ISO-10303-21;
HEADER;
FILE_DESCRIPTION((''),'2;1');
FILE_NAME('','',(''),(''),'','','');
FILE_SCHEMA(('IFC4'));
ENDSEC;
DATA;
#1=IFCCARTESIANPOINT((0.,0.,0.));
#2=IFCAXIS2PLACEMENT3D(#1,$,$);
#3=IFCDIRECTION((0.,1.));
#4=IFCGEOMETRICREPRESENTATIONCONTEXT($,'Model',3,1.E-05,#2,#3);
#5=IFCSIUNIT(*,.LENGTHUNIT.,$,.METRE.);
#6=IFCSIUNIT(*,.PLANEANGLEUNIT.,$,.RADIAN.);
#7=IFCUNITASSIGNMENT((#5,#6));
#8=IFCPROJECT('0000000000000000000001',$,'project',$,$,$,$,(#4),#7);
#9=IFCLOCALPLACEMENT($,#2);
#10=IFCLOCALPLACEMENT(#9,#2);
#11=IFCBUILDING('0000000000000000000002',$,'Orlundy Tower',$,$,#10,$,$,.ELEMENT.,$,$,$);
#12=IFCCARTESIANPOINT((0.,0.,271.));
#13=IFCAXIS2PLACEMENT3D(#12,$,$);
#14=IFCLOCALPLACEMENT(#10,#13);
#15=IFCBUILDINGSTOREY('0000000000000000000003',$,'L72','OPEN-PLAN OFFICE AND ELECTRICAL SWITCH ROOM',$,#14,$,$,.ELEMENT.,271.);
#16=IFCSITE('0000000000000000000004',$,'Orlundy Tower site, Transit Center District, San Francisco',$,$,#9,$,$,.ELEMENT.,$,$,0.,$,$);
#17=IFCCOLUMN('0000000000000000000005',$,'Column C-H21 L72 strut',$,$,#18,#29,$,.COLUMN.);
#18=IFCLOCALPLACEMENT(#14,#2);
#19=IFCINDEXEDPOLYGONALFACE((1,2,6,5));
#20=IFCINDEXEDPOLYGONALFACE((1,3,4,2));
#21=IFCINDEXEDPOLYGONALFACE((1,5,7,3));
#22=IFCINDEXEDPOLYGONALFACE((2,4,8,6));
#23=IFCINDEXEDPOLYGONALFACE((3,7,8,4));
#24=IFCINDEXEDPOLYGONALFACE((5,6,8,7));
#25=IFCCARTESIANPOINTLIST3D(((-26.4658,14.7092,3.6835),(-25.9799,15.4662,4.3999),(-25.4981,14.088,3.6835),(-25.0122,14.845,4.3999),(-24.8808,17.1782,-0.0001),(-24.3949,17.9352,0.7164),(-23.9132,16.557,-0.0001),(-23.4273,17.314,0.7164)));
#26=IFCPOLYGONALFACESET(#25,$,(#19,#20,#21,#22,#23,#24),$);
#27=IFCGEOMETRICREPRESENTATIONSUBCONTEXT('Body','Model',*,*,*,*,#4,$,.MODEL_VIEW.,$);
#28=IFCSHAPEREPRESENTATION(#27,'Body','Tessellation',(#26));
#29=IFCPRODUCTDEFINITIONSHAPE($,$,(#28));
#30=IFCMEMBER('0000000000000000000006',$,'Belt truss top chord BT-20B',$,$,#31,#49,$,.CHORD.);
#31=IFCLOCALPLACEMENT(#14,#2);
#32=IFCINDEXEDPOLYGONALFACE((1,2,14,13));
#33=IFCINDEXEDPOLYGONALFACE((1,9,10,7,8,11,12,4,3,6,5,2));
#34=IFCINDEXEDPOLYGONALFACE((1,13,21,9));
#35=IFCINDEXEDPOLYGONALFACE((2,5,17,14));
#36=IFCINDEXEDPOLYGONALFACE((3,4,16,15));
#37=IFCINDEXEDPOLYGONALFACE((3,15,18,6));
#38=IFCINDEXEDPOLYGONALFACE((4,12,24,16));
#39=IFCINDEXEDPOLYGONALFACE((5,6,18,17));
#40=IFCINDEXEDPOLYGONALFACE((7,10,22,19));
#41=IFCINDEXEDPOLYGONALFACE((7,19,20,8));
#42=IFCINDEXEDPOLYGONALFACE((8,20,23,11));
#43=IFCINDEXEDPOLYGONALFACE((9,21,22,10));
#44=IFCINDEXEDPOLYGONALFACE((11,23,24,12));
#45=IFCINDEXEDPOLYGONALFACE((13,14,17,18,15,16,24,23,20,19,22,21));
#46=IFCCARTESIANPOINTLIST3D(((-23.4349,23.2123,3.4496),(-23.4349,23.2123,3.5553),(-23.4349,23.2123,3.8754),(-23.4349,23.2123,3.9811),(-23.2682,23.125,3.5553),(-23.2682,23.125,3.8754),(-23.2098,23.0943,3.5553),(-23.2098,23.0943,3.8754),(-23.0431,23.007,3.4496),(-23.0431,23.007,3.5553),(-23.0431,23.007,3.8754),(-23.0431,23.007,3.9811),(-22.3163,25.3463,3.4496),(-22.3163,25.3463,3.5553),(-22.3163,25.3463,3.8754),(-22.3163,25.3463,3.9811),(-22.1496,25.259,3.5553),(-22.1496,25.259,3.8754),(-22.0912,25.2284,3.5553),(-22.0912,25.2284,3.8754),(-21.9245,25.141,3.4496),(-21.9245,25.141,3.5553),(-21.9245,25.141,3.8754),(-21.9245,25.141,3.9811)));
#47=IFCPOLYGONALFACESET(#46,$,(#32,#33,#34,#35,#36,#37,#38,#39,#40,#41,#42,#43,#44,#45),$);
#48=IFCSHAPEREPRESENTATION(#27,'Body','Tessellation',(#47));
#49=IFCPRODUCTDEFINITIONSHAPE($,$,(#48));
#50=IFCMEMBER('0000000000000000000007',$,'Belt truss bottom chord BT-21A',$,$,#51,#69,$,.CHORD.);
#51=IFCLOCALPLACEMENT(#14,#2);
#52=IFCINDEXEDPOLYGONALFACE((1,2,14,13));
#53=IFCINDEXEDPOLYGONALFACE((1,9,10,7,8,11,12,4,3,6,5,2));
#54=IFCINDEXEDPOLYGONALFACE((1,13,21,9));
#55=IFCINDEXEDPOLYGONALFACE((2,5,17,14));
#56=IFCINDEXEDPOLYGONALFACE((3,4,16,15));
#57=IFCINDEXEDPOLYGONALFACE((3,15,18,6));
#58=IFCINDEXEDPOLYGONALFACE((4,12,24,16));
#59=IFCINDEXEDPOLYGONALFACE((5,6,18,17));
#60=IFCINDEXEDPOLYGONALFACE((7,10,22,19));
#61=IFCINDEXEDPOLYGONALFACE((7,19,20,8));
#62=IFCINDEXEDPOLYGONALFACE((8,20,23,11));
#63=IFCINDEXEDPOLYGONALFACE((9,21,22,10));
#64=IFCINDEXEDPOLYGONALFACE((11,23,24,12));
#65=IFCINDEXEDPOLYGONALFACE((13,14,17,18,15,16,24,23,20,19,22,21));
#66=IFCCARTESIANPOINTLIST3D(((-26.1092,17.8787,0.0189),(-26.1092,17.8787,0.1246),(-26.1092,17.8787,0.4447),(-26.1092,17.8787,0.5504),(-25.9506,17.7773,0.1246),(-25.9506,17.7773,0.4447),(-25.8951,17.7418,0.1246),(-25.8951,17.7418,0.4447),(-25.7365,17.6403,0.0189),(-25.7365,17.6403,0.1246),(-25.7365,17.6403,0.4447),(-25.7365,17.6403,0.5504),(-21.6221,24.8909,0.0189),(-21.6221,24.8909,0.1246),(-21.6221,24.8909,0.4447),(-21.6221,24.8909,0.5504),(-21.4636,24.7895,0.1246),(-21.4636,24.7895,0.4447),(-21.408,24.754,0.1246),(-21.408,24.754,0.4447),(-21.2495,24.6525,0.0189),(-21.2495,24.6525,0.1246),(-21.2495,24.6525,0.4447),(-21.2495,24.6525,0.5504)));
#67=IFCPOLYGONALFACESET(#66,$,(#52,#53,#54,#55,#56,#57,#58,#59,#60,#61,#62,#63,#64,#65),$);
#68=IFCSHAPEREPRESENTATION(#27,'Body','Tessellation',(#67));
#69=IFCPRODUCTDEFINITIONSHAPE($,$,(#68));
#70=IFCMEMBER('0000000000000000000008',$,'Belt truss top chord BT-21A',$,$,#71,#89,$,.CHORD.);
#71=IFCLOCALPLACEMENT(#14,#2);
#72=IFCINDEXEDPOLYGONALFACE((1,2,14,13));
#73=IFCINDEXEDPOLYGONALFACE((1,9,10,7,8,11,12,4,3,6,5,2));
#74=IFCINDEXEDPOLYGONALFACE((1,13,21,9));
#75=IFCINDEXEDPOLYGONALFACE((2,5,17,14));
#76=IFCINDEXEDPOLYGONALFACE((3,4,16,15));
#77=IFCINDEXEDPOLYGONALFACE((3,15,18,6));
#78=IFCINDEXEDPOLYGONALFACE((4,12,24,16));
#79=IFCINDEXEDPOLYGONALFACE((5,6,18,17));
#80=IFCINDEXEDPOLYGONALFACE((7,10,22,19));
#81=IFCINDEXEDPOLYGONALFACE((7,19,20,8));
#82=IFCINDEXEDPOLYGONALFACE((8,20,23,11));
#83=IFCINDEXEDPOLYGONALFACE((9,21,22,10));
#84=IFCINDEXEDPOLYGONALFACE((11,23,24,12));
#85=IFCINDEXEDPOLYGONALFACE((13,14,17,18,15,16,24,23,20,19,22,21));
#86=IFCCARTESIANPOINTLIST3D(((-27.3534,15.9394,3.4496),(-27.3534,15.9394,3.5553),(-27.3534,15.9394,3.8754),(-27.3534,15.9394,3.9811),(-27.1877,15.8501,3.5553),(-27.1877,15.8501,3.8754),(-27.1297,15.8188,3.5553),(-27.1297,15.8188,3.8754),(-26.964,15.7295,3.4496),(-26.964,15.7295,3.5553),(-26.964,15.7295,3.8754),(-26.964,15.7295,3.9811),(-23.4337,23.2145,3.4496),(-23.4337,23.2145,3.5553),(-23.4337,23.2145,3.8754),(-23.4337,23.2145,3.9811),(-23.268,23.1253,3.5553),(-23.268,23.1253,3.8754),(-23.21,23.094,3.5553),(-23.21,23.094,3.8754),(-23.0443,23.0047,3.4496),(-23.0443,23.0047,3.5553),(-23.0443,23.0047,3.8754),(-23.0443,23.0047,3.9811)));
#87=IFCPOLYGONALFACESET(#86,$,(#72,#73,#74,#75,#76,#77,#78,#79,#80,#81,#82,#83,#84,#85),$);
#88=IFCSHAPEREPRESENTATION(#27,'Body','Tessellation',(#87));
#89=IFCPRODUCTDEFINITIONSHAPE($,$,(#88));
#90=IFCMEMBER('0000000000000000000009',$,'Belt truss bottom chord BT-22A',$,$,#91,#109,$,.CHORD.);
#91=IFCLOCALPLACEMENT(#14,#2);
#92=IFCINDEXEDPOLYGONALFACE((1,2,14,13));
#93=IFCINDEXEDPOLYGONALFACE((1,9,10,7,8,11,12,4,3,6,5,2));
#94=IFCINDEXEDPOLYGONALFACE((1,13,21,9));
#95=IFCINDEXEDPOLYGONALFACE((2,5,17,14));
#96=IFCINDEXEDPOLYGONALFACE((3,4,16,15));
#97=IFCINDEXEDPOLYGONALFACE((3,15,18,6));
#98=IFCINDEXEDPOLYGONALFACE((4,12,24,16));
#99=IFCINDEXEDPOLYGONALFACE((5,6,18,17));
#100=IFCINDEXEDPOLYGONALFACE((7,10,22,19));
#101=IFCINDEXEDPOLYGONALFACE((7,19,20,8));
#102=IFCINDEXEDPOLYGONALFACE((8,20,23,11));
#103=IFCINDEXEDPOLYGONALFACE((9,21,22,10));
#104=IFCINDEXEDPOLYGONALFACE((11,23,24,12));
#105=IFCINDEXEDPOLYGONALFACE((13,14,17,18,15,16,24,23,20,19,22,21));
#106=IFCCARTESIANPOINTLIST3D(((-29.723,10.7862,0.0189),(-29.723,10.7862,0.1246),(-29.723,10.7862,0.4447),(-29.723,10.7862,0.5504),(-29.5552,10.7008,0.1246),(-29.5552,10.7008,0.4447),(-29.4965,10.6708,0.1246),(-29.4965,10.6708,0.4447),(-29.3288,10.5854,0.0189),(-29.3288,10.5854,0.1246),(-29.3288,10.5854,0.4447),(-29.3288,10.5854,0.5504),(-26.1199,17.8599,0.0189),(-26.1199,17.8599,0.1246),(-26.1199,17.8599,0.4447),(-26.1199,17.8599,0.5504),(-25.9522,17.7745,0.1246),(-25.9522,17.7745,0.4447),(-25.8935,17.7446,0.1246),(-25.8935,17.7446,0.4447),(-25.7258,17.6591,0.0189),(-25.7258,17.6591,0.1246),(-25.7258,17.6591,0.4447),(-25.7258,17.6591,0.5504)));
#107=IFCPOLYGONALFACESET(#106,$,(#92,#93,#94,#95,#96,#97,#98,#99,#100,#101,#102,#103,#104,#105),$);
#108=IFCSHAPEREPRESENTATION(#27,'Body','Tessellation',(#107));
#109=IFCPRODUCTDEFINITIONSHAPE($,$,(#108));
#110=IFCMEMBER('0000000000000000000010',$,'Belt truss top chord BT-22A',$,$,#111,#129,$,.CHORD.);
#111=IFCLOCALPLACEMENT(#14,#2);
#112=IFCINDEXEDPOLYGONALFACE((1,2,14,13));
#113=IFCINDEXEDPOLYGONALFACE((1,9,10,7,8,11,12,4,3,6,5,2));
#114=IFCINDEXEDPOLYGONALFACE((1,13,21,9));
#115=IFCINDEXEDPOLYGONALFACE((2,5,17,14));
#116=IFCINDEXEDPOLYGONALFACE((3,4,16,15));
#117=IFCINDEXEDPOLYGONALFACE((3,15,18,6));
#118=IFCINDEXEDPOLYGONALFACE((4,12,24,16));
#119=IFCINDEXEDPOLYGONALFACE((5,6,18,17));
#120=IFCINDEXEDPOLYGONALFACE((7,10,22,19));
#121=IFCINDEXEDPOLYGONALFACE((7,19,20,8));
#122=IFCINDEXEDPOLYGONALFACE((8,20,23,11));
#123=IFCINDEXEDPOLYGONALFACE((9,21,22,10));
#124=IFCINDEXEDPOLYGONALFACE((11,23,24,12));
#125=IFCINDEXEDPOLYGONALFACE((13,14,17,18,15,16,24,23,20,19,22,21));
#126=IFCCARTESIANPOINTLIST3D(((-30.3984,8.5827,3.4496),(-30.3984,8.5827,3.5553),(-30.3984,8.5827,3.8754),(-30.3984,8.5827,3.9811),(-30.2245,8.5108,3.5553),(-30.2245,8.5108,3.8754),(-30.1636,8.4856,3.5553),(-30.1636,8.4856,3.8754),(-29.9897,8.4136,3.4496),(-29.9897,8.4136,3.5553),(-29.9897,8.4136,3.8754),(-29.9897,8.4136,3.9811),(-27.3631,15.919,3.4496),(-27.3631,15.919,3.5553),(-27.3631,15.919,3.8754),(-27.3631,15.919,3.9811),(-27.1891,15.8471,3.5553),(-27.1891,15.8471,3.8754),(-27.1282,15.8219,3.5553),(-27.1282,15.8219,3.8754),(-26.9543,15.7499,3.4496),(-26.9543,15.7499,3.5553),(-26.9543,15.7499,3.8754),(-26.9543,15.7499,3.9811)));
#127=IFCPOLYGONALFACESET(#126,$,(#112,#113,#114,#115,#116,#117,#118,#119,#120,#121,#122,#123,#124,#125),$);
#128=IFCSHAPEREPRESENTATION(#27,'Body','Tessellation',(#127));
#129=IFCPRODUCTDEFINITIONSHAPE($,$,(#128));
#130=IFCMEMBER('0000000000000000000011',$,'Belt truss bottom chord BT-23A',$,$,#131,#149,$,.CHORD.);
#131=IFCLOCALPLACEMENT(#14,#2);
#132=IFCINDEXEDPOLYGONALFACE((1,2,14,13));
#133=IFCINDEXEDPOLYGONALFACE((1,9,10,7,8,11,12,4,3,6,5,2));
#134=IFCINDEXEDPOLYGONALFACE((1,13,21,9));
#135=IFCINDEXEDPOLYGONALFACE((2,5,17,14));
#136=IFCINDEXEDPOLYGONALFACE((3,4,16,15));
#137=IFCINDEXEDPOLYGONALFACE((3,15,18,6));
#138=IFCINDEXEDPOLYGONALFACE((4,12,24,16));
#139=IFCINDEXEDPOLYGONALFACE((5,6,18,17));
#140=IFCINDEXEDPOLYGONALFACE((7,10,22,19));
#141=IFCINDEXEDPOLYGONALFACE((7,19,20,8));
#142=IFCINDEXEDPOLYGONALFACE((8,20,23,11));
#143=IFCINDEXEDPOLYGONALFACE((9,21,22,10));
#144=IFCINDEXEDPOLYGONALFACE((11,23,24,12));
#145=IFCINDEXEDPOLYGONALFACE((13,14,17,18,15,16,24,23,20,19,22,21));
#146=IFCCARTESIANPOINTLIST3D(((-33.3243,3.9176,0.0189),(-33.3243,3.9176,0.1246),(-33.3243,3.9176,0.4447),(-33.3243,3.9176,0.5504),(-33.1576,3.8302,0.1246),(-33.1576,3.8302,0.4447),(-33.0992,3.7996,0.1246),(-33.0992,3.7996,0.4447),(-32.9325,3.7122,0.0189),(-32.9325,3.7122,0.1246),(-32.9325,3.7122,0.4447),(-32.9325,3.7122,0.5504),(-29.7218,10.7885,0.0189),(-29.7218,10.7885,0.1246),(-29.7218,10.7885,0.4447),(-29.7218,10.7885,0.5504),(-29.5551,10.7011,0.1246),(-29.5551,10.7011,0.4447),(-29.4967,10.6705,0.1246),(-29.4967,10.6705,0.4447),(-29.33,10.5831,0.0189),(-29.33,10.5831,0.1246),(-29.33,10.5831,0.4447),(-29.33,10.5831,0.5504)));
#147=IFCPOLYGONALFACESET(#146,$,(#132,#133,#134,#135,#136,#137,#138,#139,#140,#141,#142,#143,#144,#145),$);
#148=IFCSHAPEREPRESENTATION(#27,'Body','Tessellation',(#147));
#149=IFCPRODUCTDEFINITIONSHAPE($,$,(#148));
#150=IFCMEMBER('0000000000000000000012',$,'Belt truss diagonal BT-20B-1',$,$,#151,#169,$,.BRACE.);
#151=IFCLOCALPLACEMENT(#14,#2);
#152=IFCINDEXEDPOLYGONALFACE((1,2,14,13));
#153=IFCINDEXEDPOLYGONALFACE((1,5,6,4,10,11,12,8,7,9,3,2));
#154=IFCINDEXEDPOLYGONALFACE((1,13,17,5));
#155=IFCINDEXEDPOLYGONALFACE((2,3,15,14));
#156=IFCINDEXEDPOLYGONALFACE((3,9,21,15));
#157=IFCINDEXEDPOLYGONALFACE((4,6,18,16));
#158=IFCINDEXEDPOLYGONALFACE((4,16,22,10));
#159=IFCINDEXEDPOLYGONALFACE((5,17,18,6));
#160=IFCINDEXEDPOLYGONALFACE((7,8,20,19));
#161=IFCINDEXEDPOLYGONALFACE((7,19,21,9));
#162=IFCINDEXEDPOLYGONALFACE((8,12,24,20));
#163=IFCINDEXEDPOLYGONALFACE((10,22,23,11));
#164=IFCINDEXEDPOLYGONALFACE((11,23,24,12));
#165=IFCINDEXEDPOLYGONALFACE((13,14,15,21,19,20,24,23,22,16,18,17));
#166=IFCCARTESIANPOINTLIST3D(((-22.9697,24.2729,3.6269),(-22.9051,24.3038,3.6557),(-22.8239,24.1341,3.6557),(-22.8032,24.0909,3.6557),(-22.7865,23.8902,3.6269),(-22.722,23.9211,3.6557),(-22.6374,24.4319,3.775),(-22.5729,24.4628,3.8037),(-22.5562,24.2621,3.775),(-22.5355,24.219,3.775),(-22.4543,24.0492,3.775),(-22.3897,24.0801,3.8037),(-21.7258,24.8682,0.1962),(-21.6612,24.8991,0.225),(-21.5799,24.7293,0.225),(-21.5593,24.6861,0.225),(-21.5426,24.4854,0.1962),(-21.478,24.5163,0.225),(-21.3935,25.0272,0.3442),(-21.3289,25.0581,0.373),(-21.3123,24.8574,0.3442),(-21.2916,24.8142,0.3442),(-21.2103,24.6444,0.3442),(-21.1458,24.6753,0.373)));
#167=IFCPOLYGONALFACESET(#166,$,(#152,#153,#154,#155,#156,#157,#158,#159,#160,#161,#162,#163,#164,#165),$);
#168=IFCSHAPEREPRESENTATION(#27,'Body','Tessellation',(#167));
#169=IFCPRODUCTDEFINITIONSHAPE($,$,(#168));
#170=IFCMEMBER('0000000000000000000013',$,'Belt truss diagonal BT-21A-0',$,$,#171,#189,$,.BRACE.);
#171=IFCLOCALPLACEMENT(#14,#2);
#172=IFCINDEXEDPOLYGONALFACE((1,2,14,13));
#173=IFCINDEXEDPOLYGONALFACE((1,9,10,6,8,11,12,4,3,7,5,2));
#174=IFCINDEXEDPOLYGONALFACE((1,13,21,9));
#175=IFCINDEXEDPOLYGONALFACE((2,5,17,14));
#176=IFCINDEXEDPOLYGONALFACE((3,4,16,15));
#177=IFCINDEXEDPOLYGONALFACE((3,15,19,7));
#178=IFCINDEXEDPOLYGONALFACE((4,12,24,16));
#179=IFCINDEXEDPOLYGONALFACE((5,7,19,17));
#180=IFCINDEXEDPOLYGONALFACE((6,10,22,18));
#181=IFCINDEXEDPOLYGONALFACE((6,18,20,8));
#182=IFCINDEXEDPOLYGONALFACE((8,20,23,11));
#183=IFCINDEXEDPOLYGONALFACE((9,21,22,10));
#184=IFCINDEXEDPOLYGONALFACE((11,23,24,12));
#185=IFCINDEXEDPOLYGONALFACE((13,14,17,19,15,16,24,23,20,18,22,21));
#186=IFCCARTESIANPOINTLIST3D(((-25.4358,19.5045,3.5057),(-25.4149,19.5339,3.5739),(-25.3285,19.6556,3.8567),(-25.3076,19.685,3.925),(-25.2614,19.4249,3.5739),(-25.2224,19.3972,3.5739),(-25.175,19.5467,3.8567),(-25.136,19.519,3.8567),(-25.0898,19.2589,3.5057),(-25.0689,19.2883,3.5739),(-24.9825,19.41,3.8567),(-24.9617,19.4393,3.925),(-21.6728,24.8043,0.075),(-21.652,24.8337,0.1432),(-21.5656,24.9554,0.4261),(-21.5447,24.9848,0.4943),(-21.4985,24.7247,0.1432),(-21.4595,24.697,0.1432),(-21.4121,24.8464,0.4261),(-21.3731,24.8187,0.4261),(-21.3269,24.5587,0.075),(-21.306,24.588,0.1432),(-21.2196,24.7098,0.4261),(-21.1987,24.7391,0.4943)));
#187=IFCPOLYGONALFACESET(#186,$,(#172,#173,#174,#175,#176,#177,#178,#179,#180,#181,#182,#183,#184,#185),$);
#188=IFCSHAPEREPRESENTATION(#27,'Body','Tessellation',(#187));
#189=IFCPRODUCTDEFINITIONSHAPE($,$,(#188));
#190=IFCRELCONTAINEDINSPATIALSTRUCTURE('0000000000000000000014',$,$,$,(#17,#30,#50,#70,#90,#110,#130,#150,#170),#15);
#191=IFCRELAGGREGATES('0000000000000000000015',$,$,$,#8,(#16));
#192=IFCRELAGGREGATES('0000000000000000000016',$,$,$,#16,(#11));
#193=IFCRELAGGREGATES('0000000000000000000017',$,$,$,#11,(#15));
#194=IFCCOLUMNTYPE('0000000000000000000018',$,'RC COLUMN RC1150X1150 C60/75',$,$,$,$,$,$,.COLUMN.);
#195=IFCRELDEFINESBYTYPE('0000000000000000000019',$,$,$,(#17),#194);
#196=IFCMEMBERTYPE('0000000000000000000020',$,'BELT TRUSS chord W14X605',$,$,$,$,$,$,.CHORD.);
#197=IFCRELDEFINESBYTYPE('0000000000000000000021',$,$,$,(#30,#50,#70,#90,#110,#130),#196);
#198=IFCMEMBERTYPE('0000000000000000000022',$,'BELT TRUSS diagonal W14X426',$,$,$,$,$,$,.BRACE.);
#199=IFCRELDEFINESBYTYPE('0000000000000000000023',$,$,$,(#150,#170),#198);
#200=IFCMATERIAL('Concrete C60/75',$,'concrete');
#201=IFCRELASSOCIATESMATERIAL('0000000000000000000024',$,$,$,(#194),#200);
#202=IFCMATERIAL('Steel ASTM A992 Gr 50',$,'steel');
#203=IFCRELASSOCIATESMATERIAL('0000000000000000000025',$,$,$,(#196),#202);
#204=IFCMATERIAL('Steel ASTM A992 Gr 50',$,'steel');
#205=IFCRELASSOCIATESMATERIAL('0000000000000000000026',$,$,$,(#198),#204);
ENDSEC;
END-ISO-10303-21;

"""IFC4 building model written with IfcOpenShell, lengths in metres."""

from ifc_helpers import new_model, si_unit, direction, frame, origin, origin_2d, place, context, subcontext, project, spatial, rectangle, i_section, extrude, material, material_profile, profile_set, type_object, element, save


model = new_model("IFC4")

# Units and contexts
model_context = context("Model", 3, precision=1e-05, world=origin(), true_north=direction((0.0, 1.0)))
body_context = subcontext(model_context, "Body", "Model", "MODEL_VIEW")
ifc_project = project(units=[si_unit("LENGTHUNIT", "METRE"), si_unit("PLANEANGLEUNIT", "RADIAN")], contexts=[model_context])

# Site, building, storey
site_placement = place(None, origin())
site = spatial("IfcSite", under=ifc_project, at=site_placement, Name="Orlundy Tower site, Transit Center District, San Francisco", CompositionType="ELEMENT", RefElevation=0.0)
building_placement = place(site_placement, origin())
building = spatial("IfcBuilding", under=site, at=building_placement, Name="Orlundy Tower", CompositionType="ELEMENT")
storey_placement = place(building_placement, frame((0.0, 0.0, 271.0)))
storey = spatial("IfcBuildingStorey", under=building, at=storey_placement, Name="L72", Description="OPEN-PLAN OFFICE AND ELECTRICAL SWITCH ROOM", CompositionType="ELEMENT", Elevation=271.0)

# Column
ifc_material_1 = material(Name="Concrete C60/75", Category="concrete")
ifc_material_profile_1 = material_profile(ifc_material_1, rectangle(XDim=1.1499, YDim=1.1499, at=origin_2d()), Name="RC1150X1150")
ifc_profile_set_1 = profile_set([ifc_material_profile_1], Name="Concrete C60/75")
column_type = type_object("IfcColumnType", Name="RC COLUMN RC1150X1150 C60/75", PredefinedType="COLUMN", material=ifc_profile_set_1)
column_placement = place(storey_placement, frame((-24.1541, 17.2461, 0.3582), z_axis=(-0.336564, -0.524288, 0.782206), x_axis=(0.841527, -0.540215, 0.0)))
element("IfcColumn", 1, at=column_placement, inside=storey, type_object=column_type, Name="Column C-H21 L72 strut", PredefinedType="COLUMN", context=body_context, shape_type="SweptSolid", body=[
    extrude(rectangle(XDim=1.1499, YDim=1.1499, at=origin_2d()), origin(), (0.0, 0.0, 1.0), 4.7092),
])

# Members
ifc_material_2 = material(Name="Steel ASTM A992 Gr 50", Category="steel")
ifc_material_profile_2 = material_profile(ifc_material_2, i_section(OverallWidth=0.4424, OverallDepth=0.5315, WebThickness=0.0659, FlangeThickness=0.1057, at=origin_2d()), Name="W14X605")
ifc_profile_set_2 = profile_set([ifc_material_profile_2], Name="Steel ASTM A992 Gr 50")
member_type_1 = type_object("IfcMemberType", Name="BELT TRUSS chord W14X605", PredefinedType="CHORD", material=ifc_profile_set_2)
member_1_placement = place(storey_placement, frame((-22.1204, 25.2437, 3.7153), z_axis=(-0.464276, -0.885691, 0.0), x_axis=(0.885691, -0.464276, 0.0)))
element("IfcMember", 2, at=member_1_placement, inside=storey, type_object=member_type_1, Name="Belt truss top chord BT-20B", PredefinedType="CHORD", context=body_context, shape_type="SweptSolid", body=[
    extrude(i_section(OverallWidth=0.4424, OverallDepth=0.5315, WebThickness=0.0659, FlangeThickness=0.1057, at=origin_2d()), origin(), (0.0, 0.0, 1.0), 2.4094),
])
member_2_placement = place(storey_placement, frame((-21.4358, 24.7717, 0.2847), z_axis=(-0.53899, -0.842312, 0.0), x_axis=(0.842312, -0.53899, 0.0)))
element("IfcMember", 3, at=member_2_placement, inside=storey, type_object=member_type_1, Name="Belt truss bottom chord BT-21A", PredefinedType="CHORD", context=body_context, shape_type="SweptSolid", body=[
    extrude(i_section(OverallWidth=0.4424, OverallDepth=0.5315, WebThickness=0.0659, FlangeThickness=0.1057, at=origin_2d()), origin(), (0.0, 0.0, 1.0), 8.325),
])
member_3_placement = place(storey_placement, frame((-23.239, 23.1096, 3.7153), z_axis=(-0.474315, -0.880355, 0.0), x_axis=(0.880355, -0.474315, 0.0)))
element("IfcMember", 4, at=member_3_placement, inside=storey, type_object=member_type_1, Name="Belt truss top chord BT-21A", PredefinedType="CHORD", context=body_context, shape_type="SweptSolid", body=[
    extrude(i_section(OverallWidth=0.4424, OverallDepth=0.5315, WebThickness=0.0659, FlangeThickness=0.1057, at=origin_2d()), origin(), (0.0, 0.0, 1.0), 8.2639),
])
member_4_placement = place(storey_placement, frame((-25.9229, 17.7595, 0.2847), z_axis=(-0.453869, -0.891069, 0.0), x_axis=(0.891069, -0.453869, 0.0)))
element("IfcMember", 5, at=member_4_placement, inside=storey, type_object=member_type_1, Name="Belt truss bottom chord BT-22A", PredefinedType="CHORD", context=body_context, shape_type="SweptSolid", body=[
    extrude(i_section(OverallWidth=0.4424, OverallDepth=0.5315, WebThickness=0.0659, FlangeThickness=0.1057, at=origin_2d()), origin(), (0.0, 0.0, 1.0), 7.9385),
])
member_5_placement = place(storey_placement, frame((-27.1587, 15.8345, 3.7153), z_axis=(-0.382313, -0.924033, 0.0), x_axis=(0.924033, -0.382313, 0.0)))
element("IfcMember", 6, at=member_5_placement, inside=storey, type_object=member_type_1, Name="Belt truss top chord BT-22A", PredefinedType="CHORD", context=body_context, shape_type="SweptSolid", body=[
    extrude(i_section(OverallWidth=0.4424, OverallDepth=0.5315, WebThickness=0.0659, FlangeThickness=0.1057, at=origin_2d()), origin(), (0.0, 0.0, 1.0), 7.9395),
])
member_6_placement = place(storey_placement, frame((-29.5259, 10.6858, 0.2847), z_axis=(-0.464363, -0.885645, 0.0), x_axis=(0.885645, -0.464363, 0.0)))
element("IfcMember", 7, at=member_6_placement, inside=storey, type_object=member_type_1, Name="Belt truss bottom chord BT-23A", PredefinedType="CHORD", context=body_context, shape_type="SweptSolid", body=[
    extrude(i_section(OverallWidth=0.4424, OverallDepth=0.5315, WebThickness=0.0659, FlangeThickness=0.1057, at=origin_2d()), origin(), (0.0, 0.0, 1.0), 7.7581),
])
ifc_material_3 = material(Name="Steel ASTM A992 Gr 50", Category="steel")
ifc_material_profile_3 = material_profile(ifc_material_3, i_section(OverallWidth=0.4243, OverallDepth=0.4741, WebThickness=0.0479, FlangeThickness=0.0771, at=origin_2d()), Name="W14X426")
ifc_profile_set_3 = profile_set([ifc_material_profile_3], Name="Steel ASTM A992 Gr 50")
member_type_2 = type_object("IfcMemberType", Name="BELT TRUSS diagonal W14X426", PredefinedType="BRACE", material=ifc_profile_set_3)
member_7_placement = place(storey_placement, frame((-22.6797, 24.1765, 3.7153), z_axis=(0.336422, 0.160981, -0.92785), x_axis=(-0.431637, 0.902047, 0.0)))
element("IfcMember", 8, at=member_7_placement, inside=storey, type_object=member_type_2, Name="Belt truss diagonal BT-20B-1", PredefinedType="BRACE", context=body_context, shape_type="SweptSolid", body=[
    extrude(i_section(OverallWidth=0.4243, OverallDepth=0.4741, WebThickness=0.0479, FlangeThickness=0.0771, at=origin_2d()), origin(), (0.0, 0.0, 1.0), 3.6975),
])
member_8_placement = place(storey_placement, frame((-21.4358, 24.7717, 0.2847), z_axis=(-0.51199, -0.721098, 0.46678), x_axis=(0.815377, -0.57893, 0.0)))
element("IfcMember", 9, at=member_8_placement, inside=storey, type_object=member_type_2, Name="Belt truss diagonal BT-21A-0", PredefinedType="BRACE", context=body_context, shape_type="SweptSolid", body=[
    extrude(i_section(OverallWidth=0.4243, OverallDepth=0.4741, WebThickness=0.0479, FlangeThickness=0.0771, at=origin_2d()), origin(), (0.0, 0.0, 1.0), 7.3496),
])

save(model, "model.ifc")
